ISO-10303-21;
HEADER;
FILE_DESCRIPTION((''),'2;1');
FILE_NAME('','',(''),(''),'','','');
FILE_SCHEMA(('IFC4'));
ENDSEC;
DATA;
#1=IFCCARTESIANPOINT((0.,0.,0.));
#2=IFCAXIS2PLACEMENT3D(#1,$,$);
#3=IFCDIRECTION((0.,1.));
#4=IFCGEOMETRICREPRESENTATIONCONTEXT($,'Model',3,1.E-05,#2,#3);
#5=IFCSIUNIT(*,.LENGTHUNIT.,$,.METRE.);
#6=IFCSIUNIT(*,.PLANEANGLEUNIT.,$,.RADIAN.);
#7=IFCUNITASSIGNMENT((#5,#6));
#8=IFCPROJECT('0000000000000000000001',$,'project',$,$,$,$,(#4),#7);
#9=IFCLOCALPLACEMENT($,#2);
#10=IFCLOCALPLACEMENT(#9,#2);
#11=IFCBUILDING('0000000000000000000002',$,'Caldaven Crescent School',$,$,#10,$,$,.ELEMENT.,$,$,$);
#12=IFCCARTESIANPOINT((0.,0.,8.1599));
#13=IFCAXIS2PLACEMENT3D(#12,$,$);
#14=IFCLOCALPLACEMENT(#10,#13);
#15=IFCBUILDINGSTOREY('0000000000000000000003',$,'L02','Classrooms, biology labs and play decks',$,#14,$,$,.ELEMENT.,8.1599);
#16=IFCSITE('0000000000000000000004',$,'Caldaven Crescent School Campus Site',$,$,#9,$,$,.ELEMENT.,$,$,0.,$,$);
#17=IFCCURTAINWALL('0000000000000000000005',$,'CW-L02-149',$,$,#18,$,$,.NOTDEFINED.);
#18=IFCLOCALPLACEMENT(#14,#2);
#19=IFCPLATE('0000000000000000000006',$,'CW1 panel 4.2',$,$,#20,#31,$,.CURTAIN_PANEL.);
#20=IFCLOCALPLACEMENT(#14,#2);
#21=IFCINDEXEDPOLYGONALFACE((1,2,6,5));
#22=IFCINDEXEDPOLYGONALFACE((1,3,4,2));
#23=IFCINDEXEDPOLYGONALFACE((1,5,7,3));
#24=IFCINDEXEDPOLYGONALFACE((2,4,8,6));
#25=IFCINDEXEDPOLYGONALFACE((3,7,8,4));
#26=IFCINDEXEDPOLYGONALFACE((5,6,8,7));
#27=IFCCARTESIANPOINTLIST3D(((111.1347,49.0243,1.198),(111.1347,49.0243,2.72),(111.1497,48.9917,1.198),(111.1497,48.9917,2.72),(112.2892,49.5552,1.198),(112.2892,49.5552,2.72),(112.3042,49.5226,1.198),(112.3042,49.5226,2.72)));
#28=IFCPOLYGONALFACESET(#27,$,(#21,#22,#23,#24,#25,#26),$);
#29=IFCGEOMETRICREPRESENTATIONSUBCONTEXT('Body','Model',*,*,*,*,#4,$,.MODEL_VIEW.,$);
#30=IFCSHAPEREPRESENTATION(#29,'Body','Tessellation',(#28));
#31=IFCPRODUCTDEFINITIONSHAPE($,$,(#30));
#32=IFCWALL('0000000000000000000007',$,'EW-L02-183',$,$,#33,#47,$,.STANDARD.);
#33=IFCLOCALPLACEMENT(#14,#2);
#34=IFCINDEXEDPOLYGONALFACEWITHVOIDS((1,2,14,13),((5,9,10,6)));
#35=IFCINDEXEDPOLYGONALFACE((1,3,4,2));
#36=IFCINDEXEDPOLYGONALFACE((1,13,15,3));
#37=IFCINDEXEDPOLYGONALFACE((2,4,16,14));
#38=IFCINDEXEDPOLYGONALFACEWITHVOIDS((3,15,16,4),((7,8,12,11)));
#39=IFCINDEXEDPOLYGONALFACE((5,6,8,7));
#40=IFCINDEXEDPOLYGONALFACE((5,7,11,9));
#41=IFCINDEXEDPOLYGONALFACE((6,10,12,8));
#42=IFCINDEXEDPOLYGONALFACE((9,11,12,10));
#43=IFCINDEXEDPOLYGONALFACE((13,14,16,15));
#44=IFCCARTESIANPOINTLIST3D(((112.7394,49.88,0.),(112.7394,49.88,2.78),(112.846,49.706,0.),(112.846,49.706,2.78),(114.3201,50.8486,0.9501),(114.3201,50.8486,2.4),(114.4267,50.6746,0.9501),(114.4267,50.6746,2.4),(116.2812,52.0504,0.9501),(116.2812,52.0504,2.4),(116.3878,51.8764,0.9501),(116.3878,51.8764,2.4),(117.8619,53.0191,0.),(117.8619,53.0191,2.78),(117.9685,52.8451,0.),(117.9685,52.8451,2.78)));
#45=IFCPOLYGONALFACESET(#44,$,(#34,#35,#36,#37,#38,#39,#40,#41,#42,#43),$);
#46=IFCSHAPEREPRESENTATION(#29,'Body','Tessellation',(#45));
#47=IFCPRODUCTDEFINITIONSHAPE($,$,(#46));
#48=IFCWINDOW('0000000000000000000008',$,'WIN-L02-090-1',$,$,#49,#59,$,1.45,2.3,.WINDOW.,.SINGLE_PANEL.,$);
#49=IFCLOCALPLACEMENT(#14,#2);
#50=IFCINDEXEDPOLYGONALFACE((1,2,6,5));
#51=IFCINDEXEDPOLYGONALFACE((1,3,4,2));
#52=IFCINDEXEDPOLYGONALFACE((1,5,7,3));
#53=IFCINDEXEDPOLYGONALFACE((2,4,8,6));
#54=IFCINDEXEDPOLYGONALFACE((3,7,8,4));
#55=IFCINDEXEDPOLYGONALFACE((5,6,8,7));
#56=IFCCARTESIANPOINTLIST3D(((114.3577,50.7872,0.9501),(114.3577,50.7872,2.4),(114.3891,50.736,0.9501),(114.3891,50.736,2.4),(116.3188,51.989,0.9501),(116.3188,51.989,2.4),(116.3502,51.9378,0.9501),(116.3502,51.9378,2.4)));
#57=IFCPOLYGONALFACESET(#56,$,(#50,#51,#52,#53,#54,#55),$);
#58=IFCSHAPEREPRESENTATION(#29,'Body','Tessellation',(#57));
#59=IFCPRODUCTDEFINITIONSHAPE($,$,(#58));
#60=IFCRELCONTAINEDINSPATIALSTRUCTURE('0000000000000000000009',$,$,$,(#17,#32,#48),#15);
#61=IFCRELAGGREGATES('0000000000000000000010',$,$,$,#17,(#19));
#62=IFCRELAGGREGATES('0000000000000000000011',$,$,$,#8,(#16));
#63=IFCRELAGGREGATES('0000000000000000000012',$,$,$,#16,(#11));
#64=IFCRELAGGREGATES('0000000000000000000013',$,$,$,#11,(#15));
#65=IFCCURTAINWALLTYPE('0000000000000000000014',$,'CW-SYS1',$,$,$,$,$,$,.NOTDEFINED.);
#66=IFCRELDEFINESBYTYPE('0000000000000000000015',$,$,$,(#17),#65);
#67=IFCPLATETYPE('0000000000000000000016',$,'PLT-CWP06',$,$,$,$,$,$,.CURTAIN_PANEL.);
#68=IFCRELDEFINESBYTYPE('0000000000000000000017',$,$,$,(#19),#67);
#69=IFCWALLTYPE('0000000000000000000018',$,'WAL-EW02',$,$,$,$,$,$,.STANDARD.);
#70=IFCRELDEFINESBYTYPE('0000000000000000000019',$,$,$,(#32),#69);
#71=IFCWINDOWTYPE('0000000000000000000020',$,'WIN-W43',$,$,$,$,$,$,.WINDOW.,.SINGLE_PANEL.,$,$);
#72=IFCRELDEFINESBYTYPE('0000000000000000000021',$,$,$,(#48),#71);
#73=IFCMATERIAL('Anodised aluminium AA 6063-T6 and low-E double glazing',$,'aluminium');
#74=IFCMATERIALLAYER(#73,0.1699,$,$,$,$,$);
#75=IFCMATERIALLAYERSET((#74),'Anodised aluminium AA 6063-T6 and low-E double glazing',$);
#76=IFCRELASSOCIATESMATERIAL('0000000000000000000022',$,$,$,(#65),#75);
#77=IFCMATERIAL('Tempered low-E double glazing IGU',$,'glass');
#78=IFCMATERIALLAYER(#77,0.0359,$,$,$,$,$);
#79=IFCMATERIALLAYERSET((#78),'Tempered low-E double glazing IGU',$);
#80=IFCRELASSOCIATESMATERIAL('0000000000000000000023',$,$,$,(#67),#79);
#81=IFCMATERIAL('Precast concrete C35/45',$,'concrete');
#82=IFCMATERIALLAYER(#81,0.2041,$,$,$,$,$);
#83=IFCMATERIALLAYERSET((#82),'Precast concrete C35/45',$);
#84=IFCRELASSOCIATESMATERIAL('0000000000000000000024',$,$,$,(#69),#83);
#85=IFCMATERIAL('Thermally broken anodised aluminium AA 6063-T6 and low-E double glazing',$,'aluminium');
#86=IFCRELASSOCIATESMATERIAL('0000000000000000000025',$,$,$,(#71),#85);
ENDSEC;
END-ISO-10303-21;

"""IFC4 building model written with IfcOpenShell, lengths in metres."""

from ifc_helpers import new_model, si_unit, direction, frame, frame_2d, origin, origin_2d, place, context, subcontext, project, spatial, rectangle, extrude, material, layer, layer_set, type_object, element, fill, aggregate, save


model = new_model("IFC4")

# Units and contexts
model_context = context("Model", 3, precision=1e-05, world=origin(), true_north=direction((0.0, 1.0)))
body_context = subcontext(model_context, "Body", "Model", "MODEL_VIEW")
ifc_project = project(units=[si_unit("LENGTHUNIT", "METRE"), si_unit("PLANEANGLEUNIT", "RADIAN")], contexts=[model_context])

# Site, building, storey
site_placement = place(None, origin())
site = spatial("IfcSite", under=ifc_project, at=site_placement, Name="Caldaven Crescent School Campus Site", CompositionType="ELEMENT", RefElevation=0.0)
building_placement = place(site_placement, origin())
building = spatial("IfcBuilding", under=site, at=building_placement, Name="Caldaven Crescent School", CompositionType="ELEMENT")
storey_placement = place(building_placement, frame((0.0, 0.0, 8.1599)))
storey = spatial("IfcBuildingStorey", under=building, at=storey_placement, Name="L02", Description="Classrooms, biology labs and play decks", CompositionType="ELEMENT", Elevation=8.1599)

# Curtain wall
ifc_material_1 = material(Name="Anodised aluminium AA 6063-T6 and low-E double glazing", Category="aluminium")
ifc_layer_1 = layer(ifc_material_1, 0.1699)
ifc_layer_set_1 = layer_set([ifc_layer_1], Name="Anodised aluminium AA 6063-T6 and low-E double glazing")
curtain_wall_type = type_object("IfcCurtainWallType", Name="CW-SYS1", PredefinedType="NOTDEFINED", material=ifc_layer_set_1)
curtain_wall_placement = place(storey_placement, origin())
curtain_wall = element("IfcCurtainWall", 1, at=curtain_wall_placement, inside=storey, type_object=curtain_wall_type, Name="CW-L02-149", PredefinedType="NOTDEFINED")

# Plate
ifc_material_2 = material(Name="Tempered low-E double glazing IGU", Category="glass")
ifc_layer_2 = layer(ifc_material_2, 0.0359)
ifc_layer_set_2 = layer_set([ifc_layer_2], Name="Tempered low-E double glazing IGU")
plate_type = type_object("IfcPlateType", Name="PLT-CWP06", PredefinedType="CURTAIN_PANEL", material=ifc_layer_set_2)
plate_1_placement = place(storey_placement, frame((111.7195, 49.2734, 1.198), z_axis=(0.0, 0.0, 1.0), x_axis=(0.908528, 0.417824, 0.0)))
plate_1 = element("IfcPlate", 2, at=plate_1_placement, type_object=plate_type, Name="CW1 panel 4.2", PredefinedType="CURTAIN_PANEL", context=body_context, shape_type="SweptSolid", body=[
    extrude(rectangle(XDim=1.2708, YDim=0.0359, at=origin_2d()), origin(), (0.0, 0.0, 1.0), 1.522),
])
aggregate(curtain_wall, [plate_1])

# Wall, opening, window
ifc_material_3 = material(Name="Precast concrete C35/45", Category="concrete")
ifc_layer_3 = layer(ifc_material_3, 0.2041)
ifc_layer_set_3 = layer_set([ifc_layer_3], Name="Precast concrete C35/45")
wall_type = type_object("IfcWallType", Name="WAL-EW02", PredefinedType="STANDARD", material=ifc_layer_set_3)
wall_placement = place(storey_placement, frame((112.7927, 49.793, 0.0), z_axis=(0.0, 0.0, 1.0), x_axis=(0.852636, 0.522505, 0.0)))
wall = element("IfcWall", 3, at=wall_placement, inside=storey, type_object=wall_type, Name="EW-L02-183", PredefinedType="STANDARD", context=body_context, shape_type="SweptSolid", body=[
    extrude(rectangle(XDim=6.0078, YDim=0.2041, at=frame_2d((3.0039, 0.0))), origin(), (0.0, 0.0, 1.0), 2.78),
])
opening_placement = place(wall_placement, frame((1.854, 0.0, 0.95)))
opening = element("IfcOpeningElement", 4, at=opening_placement, cuts=wall, PredefinedType="OPENING", context=body_context, shape_type="SweptSolid", body=[
    extrude(rectangle(XDim=2.3, YDim=1.45, at=frame_2d((1.1499, 0.7251))), frame((0.0, 0.1121, 0.0), z_axis=(0.0, -1.0, 0.0), x_axis=(1.0, 0.0, 0.0)), (0.0, 0.0, 1.0), 0.2241),
])
ifc_material_4 = material(Name="Thermally broken anodised aluminium AA 6063-T6 and low-E double glazing", Category="aluminium")
window_type = type_object("IfcWindowType", Name="WIN-W43", PartitioningType="SINGLE_PANEL", PredefinedType="WINDOW", material=ifc_material_4)
window_placement = place(opening_placement, origin())
window = element("IfcWindow", 5, at=window_placement, inside=storey, type_object=window_type, Name="WIN-L02-090-1", OverallHeight=1.45, OverallWidth=2.3, PartitioningType="SINGLE_PANEL", PredefinedType="WINDOW", context=body_context, shape_type="SweptSolid", body=[
    extrude(rectangle(XDim=2.3, YDim=1.45, at=frame_2d((1.1499, 0.7251))), frame((0.0, 0.03, 0.0), z_axis=(0.0, -1.0, 0.0), x_axis=(1.0, 0.0, 0.0)), (0.0, 0.0, 1.0), 0.0601),
])
fill(opening, window)

save(model, "model.ifc")
